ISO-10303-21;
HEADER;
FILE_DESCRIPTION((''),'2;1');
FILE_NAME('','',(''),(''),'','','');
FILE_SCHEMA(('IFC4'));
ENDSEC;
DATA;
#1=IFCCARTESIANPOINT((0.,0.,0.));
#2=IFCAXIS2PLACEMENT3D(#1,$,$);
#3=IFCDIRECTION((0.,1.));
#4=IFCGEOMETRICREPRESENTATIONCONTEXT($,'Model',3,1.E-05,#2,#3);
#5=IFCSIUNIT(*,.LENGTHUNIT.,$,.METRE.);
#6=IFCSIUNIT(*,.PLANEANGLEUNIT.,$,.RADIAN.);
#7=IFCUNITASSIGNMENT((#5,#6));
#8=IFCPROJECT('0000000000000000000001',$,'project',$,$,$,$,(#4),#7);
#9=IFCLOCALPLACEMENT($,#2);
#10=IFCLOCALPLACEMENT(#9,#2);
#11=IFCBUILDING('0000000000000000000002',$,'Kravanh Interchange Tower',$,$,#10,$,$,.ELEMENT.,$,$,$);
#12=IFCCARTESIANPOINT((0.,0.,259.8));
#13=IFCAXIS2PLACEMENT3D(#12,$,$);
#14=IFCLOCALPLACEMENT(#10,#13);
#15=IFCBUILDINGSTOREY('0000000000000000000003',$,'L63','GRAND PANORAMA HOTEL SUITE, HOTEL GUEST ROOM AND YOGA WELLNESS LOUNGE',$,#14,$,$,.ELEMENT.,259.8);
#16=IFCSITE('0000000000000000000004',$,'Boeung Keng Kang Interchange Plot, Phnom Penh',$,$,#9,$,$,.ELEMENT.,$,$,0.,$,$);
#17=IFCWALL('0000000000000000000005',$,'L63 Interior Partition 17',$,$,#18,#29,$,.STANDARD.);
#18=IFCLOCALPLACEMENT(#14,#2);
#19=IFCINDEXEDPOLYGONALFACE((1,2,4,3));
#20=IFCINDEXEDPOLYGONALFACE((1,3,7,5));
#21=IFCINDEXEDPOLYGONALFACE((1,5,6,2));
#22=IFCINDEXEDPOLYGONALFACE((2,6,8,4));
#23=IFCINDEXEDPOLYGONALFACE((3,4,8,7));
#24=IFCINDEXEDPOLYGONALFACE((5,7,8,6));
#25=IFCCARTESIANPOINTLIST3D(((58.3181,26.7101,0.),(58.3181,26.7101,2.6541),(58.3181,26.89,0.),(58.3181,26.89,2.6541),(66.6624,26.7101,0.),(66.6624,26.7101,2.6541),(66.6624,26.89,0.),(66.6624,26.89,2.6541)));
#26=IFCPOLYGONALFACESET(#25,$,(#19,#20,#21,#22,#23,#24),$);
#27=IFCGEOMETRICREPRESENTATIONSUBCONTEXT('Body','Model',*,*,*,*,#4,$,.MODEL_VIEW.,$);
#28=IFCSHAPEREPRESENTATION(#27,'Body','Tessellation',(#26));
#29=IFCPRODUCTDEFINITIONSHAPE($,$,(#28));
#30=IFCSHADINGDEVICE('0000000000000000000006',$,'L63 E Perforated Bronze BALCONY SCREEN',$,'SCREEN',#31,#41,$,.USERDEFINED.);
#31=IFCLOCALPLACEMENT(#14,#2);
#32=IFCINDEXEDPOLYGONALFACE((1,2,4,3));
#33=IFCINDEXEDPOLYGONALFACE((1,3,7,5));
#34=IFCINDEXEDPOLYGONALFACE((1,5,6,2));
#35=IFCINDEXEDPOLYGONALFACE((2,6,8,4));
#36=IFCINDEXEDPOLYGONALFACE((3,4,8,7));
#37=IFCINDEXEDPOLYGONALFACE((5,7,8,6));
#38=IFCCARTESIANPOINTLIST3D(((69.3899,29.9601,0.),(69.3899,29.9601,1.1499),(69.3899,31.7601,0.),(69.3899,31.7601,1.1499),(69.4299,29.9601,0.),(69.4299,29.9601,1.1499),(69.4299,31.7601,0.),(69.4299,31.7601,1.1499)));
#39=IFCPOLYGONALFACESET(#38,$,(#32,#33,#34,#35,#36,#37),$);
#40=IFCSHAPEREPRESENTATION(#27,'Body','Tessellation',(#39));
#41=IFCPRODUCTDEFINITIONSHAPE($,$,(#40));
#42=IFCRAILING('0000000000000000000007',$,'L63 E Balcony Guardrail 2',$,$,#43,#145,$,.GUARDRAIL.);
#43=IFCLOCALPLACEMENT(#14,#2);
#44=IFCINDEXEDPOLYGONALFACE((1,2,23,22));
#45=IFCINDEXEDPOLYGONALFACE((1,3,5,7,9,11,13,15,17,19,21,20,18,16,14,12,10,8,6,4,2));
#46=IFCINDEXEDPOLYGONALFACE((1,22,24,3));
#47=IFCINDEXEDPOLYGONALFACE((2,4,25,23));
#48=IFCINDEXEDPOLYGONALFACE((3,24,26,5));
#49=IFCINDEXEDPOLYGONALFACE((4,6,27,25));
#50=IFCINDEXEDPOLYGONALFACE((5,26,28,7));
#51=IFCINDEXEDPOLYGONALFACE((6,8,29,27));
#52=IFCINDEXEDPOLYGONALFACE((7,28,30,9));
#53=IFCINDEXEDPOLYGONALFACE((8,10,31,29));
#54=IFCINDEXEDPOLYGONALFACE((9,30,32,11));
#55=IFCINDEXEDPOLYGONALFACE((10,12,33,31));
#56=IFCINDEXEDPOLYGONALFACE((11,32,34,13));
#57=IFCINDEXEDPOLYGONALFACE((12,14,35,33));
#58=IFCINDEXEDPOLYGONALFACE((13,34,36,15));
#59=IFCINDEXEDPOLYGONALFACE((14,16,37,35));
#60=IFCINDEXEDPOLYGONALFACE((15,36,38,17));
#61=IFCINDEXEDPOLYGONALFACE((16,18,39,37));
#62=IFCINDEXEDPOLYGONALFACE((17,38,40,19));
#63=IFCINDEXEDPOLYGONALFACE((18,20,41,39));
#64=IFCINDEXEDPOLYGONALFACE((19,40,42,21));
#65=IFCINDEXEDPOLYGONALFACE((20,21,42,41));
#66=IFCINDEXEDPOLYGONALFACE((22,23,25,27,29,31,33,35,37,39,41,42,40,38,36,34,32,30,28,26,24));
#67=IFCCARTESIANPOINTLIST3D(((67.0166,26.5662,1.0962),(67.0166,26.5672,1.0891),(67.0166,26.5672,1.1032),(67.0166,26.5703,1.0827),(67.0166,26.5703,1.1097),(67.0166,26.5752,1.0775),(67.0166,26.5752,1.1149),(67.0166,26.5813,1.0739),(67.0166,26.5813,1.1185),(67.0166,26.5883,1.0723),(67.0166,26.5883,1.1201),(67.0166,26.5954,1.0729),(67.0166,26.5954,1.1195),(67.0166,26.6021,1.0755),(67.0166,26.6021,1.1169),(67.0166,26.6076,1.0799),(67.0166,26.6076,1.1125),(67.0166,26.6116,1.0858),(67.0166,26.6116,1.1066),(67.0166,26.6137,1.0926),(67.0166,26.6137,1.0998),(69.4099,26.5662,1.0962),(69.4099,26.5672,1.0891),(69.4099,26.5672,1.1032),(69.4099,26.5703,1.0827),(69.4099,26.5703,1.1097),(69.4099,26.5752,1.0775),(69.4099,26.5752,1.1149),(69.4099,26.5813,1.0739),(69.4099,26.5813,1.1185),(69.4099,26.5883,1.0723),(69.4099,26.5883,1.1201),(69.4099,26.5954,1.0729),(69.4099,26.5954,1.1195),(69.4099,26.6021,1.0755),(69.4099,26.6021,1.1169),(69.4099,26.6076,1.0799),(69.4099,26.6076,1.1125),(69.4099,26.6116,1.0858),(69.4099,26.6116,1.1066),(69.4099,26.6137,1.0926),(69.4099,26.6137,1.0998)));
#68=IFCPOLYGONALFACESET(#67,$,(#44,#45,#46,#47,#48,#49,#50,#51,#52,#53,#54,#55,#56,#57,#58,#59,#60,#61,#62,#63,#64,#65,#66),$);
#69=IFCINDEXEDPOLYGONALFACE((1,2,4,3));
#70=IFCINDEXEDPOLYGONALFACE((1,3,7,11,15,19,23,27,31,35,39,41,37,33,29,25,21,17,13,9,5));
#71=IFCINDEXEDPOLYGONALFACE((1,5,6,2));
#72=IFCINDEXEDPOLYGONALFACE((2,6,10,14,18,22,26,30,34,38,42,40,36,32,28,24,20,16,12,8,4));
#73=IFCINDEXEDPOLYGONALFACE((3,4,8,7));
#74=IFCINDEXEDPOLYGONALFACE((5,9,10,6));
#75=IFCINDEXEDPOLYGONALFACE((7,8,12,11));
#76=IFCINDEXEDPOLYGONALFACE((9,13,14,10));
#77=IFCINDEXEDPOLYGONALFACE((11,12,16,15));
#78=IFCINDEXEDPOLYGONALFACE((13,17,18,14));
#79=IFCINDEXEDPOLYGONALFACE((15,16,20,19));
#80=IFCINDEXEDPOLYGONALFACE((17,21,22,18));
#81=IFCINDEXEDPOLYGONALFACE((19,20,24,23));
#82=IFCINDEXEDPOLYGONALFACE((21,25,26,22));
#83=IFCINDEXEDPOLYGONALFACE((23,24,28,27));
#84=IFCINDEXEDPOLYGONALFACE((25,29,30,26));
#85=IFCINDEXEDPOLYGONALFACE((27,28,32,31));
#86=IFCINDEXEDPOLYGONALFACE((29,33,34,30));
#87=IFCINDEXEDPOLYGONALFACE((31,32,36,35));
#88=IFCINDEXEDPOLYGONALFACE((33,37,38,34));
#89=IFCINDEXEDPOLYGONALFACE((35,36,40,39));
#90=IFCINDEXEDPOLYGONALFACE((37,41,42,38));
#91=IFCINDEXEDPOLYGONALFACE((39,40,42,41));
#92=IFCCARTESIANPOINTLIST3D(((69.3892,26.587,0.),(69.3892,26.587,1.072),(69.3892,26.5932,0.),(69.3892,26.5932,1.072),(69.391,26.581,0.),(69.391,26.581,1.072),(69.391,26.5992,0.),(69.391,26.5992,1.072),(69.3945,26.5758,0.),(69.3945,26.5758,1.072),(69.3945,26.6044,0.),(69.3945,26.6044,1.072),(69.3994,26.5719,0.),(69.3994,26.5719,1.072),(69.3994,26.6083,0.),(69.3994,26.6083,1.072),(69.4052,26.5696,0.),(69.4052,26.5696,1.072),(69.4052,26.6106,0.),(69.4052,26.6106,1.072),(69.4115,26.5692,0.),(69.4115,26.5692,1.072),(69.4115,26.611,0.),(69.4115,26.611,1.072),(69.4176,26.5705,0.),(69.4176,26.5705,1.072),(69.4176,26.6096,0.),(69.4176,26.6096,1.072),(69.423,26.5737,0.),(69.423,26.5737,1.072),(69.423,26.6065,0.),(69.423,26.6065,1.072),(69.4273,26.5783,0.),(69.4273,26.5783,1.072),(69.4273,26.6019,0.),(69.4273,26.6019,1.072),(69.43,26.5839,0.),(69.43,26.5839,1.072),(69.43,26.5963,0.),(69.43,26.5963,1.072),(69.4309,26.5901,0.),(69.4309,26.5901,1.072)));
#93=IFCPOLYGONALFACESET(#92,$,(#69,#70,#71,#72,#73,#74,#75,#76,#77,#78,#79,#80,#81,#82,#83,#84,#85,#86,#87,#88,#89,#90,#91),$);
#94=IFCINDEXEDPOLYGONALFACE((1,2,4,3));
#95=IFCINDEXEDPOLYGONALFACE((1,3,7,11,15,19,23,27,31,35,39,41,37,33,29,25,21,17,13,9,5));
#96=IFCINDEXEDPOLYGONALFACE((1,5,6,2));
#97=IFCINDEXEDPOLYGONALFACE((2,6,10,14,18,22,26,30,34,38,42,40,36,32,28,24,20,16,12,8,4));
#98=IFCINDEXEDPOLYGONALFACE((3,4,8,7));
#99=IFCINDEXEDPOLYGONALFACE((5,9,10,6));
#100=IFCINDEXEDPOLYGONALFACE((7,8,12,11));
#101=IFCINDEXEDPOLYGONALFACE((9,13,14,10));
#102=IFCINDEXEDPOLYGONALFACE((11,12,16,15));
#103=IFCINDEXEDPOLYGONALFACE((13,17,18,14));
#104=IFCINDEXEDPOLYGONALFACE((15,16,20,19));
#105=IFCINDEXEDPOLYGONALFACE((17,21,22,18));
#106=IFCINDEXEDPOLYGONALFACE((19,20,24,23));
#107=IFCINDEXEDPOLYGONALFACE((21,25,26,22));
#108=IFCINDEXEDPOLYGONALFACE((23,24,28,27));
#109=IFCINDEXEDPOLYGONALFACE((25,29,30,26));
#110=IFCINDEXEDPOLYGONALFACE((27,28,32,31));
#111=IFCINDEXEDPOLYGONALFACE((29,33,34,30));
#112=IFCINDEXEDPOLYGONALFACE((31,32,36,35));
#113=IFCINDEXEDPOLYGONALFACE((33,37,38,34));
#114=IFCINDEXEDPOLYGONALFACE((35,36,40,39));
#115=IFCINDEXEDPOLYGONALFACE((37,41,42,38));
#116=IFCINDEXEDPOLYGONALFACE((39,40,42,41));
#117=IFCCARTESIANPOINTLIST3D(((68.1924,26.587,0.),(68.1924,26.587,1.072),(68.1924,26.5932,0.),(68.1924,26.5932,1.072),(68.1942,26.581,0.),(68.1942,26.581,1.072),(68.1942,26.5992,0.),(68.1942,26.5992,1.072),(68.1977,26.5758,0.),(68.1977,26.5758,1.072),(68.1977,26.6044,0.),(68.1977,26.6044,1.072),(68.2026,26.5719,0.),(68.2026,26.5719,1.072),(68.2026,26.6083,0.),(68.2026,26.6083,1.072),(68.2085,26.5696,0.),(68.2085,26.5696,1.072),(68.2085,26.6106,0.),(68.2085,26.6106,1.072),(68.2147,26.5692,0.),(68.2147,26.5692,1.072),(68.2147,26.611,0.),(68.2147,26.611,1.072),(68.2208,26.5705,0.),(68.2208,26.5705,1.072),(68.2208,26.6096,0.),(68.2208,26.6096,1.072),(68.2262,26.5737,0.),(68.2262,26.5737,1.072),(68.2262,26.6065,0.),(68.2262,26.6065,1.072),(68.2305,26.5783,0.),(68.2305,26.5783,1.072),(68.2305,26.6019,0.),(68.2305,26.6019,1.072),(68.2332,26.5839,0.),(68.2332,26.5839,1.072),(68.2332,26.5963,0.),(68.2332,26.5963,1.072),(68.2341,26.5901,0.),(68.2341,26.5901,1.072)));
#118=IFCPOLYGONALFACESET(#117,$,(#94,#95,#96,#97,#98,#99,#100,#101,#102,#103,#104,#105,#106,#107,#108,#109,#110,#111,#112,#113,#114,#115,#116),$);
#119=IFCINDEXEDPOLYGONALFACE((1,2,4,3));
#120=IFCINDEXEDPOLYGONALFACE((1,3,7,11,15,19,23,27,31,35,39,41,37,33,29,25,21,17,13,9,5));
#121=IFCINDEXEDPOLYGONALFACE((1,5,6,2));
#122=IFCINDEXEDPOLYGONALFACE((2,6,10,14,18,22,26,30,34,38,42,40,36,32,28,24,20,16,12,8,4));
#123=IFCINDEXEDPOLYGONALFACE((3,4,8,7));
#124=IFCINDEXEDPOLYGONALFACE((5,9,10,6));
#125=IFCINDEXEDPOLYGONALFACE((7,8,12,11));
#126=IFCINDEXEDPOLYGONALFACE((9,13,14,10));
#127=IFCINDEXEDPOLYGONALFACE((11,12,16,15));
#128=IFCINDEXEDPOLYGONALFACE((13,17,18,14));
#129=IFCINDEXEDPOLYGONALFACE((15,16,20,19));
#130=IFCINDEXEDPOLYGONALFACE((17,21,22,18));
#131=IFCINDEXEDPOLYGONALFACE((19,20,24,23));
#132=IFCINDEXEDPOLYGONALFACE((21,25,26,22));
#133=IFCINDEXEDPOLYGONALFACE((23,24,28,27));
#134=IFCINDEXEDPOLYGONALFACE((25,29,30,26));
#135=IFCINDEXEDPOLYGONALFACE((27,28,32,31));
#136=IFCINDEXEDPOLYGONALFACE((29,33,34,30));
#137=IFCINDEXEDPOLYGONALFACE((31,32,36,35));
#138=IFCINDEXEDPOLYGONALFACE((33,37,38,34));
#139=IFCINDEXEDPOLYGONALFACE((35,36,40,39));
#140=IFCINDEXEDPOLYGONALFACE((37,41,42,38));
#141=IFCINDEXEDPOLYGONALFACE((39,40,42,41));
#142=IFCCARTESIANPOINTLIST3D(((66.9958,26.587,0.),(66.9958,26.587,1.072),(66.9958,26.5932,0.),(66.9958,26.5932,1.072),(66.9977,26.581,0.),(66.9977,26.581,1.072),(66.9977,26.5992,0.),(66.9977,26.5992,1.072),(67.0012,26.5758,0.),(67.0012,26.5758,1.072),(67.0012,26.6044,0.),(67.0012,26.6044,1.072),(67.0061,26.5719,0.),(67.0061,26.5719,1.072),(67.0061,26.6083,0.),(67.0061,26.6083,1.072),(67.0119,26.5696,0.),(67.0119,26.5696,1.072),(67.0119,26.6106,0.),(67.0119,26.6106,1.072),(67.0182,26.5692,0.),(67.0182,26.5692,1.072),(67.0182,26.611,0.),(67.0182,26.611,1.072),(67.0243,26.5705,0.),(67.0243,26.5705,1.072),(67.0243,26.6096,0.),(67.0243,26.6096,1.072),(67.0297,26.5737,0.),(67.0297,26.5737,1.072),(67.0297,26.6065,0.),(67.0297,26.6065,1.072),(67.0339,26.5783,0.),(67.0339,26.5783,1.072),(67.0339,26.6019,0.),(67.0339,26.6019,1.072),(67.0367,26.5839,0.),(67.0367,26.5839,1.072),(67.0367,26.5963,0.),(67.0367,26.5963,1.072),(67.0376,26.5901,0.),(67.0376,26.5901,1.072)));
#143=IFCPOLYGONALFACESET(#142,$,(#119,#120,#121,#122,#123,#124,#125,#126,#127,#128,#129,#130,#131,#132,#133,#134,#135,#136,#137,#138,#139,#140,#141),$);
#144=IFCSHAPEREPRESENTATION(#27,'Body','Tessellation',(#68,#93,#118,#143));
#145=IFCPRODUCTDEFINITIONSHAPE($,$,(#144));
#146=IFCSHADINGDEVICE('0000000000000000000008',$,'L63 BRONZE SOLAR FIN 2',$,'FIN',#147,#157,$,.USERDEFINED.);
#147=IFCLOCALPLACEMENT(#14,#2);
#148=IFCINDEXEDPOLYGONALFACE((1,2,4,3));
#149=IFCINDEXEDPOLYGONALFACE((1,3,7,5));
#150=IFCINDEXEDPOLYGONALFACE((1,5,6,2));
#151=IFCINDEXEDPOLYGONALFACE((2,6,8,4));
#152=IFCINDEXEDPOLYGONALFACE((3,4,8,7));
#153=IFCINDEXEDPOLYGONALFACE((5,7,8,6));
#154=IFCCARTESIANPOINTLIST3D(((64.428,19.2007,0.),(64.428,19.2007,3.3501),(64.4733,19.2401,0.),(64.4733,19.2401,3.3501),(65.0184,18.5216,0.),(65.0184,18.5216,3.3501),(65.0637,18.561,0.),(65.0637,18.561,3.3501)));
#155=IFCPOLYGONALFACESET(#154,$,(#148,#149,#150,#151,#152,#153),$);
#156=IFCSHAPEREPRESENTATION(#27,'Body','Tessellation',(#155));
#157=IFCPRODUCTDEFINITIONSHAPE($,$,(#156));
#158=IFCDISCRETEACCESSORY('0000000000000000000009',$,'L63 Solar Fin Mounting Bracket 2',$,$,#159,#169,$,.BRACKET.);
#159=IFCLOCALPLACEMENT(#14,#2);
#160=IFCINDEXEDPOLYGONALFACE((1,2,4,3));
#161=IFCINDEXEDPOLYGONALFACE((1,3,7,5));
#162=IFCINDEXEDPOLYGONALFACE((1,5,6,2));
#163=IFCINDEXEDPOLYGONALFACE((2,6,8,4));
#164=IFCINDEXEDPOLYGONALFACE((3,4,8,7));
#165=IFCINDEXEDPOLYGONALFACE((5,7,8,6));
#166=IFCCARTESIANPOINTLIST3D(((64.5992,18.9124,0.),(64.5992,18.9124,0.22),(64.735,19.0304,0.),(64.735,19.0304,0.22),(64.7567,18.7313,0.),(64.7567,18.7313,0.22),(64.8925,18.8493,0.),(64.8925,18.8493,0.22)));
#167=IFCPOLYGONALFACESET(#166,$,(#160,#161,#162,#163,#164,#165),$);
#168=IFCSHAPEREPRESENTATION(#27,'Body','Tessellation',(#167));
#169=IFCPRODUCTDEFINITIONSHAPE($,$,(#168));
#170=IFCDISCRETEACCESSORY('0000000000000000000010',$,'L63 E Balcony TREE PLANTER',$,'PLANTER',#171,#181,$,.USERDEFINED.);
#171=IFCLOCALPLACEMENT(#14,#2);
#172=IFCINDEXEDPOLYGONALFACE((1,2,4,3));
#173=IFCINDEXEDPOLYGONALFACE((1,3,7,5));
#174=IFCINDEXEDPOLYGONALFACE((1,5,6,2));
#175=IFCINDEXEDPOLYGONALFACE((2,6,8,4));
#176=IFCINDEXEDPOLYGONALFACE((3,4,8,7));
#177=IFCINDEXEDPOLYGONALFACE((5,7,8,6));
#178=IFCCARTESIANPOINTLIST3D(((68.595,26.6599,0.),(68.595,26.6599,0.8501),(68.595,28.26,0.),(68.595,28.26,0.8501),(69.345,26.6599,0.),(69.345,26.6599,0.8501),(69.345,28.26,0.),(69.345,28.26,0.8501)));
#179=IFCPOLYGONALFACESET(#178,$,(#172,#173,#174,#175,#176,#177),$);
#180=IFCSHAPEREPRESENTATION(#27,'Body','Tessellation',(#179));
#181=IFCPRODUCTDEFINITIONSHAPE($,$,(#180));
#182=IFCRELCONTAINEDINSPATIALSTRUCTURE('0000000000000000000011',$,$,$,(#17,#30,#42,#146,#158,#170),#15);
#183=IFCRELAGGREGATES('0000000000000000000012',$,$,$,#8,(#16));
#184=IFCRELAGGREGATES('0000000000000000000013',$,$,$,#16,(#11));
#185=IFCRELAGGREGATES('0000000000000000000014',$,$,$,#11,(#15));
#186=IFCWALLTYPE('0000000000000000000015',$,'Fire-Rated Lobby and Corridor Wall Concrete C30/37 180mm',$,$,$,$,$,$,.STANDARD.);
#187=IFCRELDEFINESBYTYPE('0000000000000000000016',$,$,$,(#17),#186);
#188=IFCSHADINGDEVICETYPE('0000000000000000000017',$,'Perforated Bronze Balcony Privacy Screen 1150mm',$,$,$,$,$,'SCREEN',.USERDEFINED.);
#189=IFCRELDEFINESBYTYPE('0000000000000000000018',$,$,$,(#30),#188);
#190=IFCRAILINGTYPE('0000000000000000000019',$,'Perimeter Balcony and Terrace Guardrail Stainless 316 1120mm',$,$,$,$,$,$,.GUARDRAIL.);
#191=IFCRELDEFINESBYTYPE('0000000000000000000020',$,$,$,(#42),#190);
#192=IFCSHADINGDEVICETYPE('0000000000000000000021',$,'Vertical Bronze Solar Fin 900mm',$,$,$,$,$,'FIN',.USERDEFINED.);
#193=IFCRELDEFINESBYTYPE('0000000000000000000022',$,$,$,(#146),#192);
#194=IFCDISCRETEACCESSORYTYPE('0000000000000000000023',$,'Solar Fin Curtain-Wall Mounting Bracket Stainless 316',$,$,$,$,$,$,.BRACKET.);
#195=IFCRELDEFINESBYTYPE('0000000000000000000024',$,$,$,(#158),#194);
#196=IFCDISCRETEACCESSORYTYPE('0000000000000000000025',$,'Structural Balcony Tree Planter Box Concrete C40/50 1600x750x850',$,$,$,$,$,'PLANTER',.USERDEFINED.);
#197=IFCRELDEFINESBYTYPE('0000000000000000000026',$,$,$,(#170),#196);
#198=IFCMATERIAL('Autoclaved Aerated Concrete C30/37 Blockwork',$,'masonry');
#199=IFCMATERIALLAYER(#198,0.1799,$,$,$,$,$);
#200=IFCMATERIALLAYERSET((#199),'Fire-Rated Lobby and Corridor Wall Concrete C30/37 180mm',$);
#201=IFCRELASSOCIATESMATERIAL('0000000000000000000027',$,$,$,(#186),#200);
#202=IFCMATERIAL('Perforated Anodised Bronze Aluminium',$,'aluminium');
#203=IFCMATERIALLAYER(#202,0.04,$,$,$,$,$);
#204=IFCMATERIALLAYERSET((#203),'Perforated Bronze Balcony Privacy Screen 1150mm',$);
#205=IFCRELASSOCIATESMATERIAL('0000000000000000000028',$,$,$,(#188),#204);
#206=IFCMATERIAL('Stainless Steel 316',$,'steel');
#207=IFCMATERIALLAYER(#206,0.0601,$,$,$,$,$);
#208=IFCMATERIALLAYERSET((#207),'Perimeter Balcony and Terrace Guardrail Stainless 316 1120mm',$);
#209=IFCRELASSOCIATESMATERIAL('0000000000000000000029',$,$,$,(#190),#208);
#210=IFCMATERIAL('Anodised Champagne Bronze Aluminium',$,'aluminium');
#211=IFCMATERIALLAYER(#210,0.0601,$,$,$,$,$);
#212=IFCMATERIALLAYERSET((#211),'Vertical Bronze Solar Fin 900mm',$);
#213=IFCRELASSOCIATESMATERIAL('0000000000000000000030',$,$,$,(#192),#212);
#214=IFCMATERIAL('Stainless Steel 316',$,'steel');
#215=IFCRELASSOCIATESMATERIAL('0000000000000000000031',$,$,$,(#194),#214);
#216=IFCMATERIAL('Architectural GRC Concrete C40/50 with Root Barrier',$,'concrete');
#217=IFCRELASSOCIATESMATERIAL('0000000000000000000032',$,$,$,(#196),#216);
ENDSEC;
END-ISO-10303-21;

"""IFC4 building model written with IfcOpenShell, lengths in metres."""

from ifc_helpers import new_model, si_unit, direction, frame, frame_2d, origin, origin_2d, place, context, subcontext, project, spatial, rectangle, circle, extrude, material, layer, layer_set, type_object, element, save


model = new_model("IFC4")

# Units and contexts
model_context = context("Model", 3, precision=1e-05, world=origin(), true_north=direction((0.0, 1.0)))
body_context = subcontext(model_context, "Body", "Model", "MODEL_VIEW")
ifc_project = project(units=[si_unit("LENGTHUNIT", "METRE"), si_unit("PLANEANGLEUNIT", "RADIAN")], contexts=[model_context])

# Site, building, storey
site_placement = place(None, origin())
site = spatial("IfcSite", under=ifc_project, at=site_placement, Name="Boeung Keng Kang Interchange Plot, Phnom Penh", CompositionType="ELEMENT", RefElevation=0.0)
building_placement = place(site_placement, origin())
building = spatial("IfcBuilding", under=site, at=building_placement, Name="Kravanh Interchange Tower", CompositionType="ELEMENT")
storey_placement = place(building_placement, frame((0.0, 0.0, 259.8)))
storey = spatial("IfcBuildingStorey", under=building, at=storey_placement, Name="L63", Description="GRAND PANORAMA HOTEL SUITE, HOTEL GUEST ROOM AND YOGA WELLNESS LOUNGE", CompositionType="ELEMENT", Elevation=259.8)

# Shared definitions
ifc_material_1 = material(Name="Autoclaved Aerated Concrete C30/37 Blockwork", Category="masonry")
ifc_layer_1 = layer(ifc_material_1, 0.1799)
ifc_layer_set_1 = layer_set([ifc_layer_1], Name="Fire-Rated Lobby and Corridor Wall Concrete C30/37 180mm")
wall_type_1 = type_object("IfcWallType", Name="Fire-Rated Lobby and Corridor Wall Concrete C30/37 180mm", PredefinedType="STANDARD", material=ifc_layer_set_1)

# Wall
wall_1_placement = place(storey_placement, frame((58.3181, 26.8, 0.0), z_axis=(0.0, 0.0, 1.0), x_axis=(1.0, 0.0, 0.0)))
element("IfcWall", 1, at=wall_1_placement, inside=storey, type_object=wall_type_1, Name="L63 Interior Partition 17", PredefinedType="STANDARD", context=body_context, shape_type="SweptSolid", body=[
    extrude(rectangle(XDim=8.3442, YDim=0.1799, at=frame_2d((4.1721, 0.0))), origin(), (0.0, 0.0, 1.0), 2.6541),
])

# Shading device
ifc_material_2 = material(Name="Perforated Anodised Bronze Aluminium", Category="aluminium")
ifc_layer_2 = layer(ifc_material_2, 0.04)
ifc_layer_set_2 = layer_set([ifc_layer_2], Name="Perforated Bronze Balcony Privacy Screen 1150mm")
shading_device_type_1 = type_object("IfcShadingDeviceType", Name="Perforated Bronze Balcony Privacy Screen 1150mm", ElementType="SCREEN", PredefinedType="USERDEFINED", material=ifc_layer_set_2)
shading_device_1_placement = place(storey_placement, frame((69.4099, 30.8601, 0.0), z_axis=(0.0, 0.0, 1.0), x_axis=(1.0, 0.0, 0.0)))
element("IfcShadingDevice", 2, at=shading_device_1_placement, inside=storey, type_object=shading_device_type_1, Name="L63 E Perforated Bronze BALCONY SCREEN", ObjectType="SCREEN", PredefinedType="USERDEFINED", context=body_context, shape_type="SweptSolid", body=[
    extrude(rectangle(XDim=0.04, YDim=1.8, at=origin_2d()), origin(), (0.0, 0.0, 1.0), 1.1499),
])

# Railing
ifc_material_3 = material(Name="Stainless Steel 316", Category="steel")
ifc_layer_3 = layer(ifc_material_3, 0.0601)
ifc_layer_set_3 = layer_set([ifc_layer_3], Name="Perimeter Balcony and Terrace Guardrail Stainless 316 1120mm")
railing_type = type_object("IfcRailingType", Name="Perimeter Balcony and Terrace Guardrail Stainless 316 1120mm", PredefinedType="GUARDRAIL", material=ifc_layer_set_3)
railing_placement = place(storey_placement, frame((69.4099, 26.5901, 0.0)))
element("IfcRailing", 3, at=railing_placement, inside=storey, type_object=railing_type, Name="L63 E Balcony Guardrail 2", PredefinedType="GUARDRAIL", context=body_context, shape_type="SweptSolid", body=[
    extrude(circle(Radius=0.0239, at=origin_2d()), frame((0.0, 0.0, 1.0962), z_axis=(-1.0, 0.0, 0.0), x_axis=(0.0, -1.0, 0.0)), (0.0, 0.0, 1.0), 2.3933),
    extrude(circle(Radius=0.021, at=origin_2d()), origin(), (0.0, 0.0, 1.0), 1.072),
    extrude(circle(Radius=0.021, at=origin_2d()), frame((-1.1968, 0.0, 0.0)), (0.0, 0.0, 1.0), 1.072),
    extrude(circle(Radius=0.021, at=origin_2d()), frame((-2.3933, 0.0, 0.0)), (0.0, 0.0, 1.0), 1.072),
])

# Shading device
ifc_material_4 = material(Name="Anodised Champagne Bronze Aluminium", Category="aluminium")
ifc_layer_4 = layer(ifc_material_4, 0.0601)
ifc_layer_set_4 = layer_set([ifc_layer_4], Name="Vertical Bronze Solar Fin 900mm")
shading_device_type_2 = type_object("IfcShadingDeviceType", Name="Vertical Bronze Solar Fin 900mm", ElementType="FIN", PredefinedType="USERDEFINED", material=ifc_layer_set_4)
shading_device_2_placement = place(storey_placement, frame((64.7458, 18.8809, 0.0), z_axis=(0.0, 0.0, 1.0), x_axis=(0.65606, -0.754709, 0.0)))
element("IfcShadingDevice", 4, at=shading_device_2_placement, inside=storey, type_object=shading_device_type_2, Name="L63 BRONZE SOLAR FIN 2", ObjectType="FIN", PredefinedType="USERDEFINED", context=body_context, shape_type="SweptSolid", body=[
    extrude(rectangle(XDim=0.8999, YDim=0.0601, at=origin_2d()), origin(), (0.0, 0.0, 1.0), 3.3501),
])

# Discrete accessories
ifc_material_5 = material(Name="Stainless Steel 316", Category="steel")
discrete_accessory_type_1 = type_object("IfcDiscreteAccessoryType", Name="Solar Fin Curtain-Wall Mounting Bracket Stainless 316", PredefinedType="BRACKET", material=ifc_material_5)
discrete_accessory_1_placement = place(storey_placement, frame((64.7458, 18.8809, 0.0), z_axis=(0.0, 0.0, 1.0), x_axis=(0.65606, -0.754709, 0.0)))
element("IfcDiscreteAccessory", 5, at=discrete_accessory_1_placement, inside=storey, type_object=discrete_accessory_type_1, Name="L63 Solar Fin Mounting Bracket 2", PredefinedType="BRACKET", context=body_context, shape_type="SweptSolid", body=[
    extrude(rectangle(XDim=0.24, YDim=0.1799, at=origin_2d()), origin(), (0.0, 0.0, 1.0), 0.22),
])
ifc_material_6 = material(Name="Architectural GRC Concrete C40/50 with Root Barrier", Category="concrete")
discrete_accessory_type_2 = type_object("IfcDiscreteAccessoryType", Name="Structural Balcony Tree Planter Box Concrete C40/50 1600x750x850", ElementType="PLANTER", PredefinedType="USERDEFINED", material=ifc_material_6)
discrete_accessory_2_placement = place(storey_placement, frame((68.97, 27.46, 0.0), z_axis=(0.0, 0.0, 1.0), x_axis=(1.0, 0.0, 0.0)))
element("IfcDiscreteAccessory", 6, at=discrete_accessory_2_placement, inside=storey, type_object=discrete_accessory_type_2, Name="L63 E Balcony TREE PLANTER", ObjectType="PLANTER", PredefinedType="USERDEFINED", context=body_context, shape_type="SweptSolid", body=[
    extrude(rectangle(XDim=0.75, YDim=1.6001, at=origin_2d()), origin(), (0.0, 0.0, 1.0), 0.8501),
])

save(model, "model.ifc")
